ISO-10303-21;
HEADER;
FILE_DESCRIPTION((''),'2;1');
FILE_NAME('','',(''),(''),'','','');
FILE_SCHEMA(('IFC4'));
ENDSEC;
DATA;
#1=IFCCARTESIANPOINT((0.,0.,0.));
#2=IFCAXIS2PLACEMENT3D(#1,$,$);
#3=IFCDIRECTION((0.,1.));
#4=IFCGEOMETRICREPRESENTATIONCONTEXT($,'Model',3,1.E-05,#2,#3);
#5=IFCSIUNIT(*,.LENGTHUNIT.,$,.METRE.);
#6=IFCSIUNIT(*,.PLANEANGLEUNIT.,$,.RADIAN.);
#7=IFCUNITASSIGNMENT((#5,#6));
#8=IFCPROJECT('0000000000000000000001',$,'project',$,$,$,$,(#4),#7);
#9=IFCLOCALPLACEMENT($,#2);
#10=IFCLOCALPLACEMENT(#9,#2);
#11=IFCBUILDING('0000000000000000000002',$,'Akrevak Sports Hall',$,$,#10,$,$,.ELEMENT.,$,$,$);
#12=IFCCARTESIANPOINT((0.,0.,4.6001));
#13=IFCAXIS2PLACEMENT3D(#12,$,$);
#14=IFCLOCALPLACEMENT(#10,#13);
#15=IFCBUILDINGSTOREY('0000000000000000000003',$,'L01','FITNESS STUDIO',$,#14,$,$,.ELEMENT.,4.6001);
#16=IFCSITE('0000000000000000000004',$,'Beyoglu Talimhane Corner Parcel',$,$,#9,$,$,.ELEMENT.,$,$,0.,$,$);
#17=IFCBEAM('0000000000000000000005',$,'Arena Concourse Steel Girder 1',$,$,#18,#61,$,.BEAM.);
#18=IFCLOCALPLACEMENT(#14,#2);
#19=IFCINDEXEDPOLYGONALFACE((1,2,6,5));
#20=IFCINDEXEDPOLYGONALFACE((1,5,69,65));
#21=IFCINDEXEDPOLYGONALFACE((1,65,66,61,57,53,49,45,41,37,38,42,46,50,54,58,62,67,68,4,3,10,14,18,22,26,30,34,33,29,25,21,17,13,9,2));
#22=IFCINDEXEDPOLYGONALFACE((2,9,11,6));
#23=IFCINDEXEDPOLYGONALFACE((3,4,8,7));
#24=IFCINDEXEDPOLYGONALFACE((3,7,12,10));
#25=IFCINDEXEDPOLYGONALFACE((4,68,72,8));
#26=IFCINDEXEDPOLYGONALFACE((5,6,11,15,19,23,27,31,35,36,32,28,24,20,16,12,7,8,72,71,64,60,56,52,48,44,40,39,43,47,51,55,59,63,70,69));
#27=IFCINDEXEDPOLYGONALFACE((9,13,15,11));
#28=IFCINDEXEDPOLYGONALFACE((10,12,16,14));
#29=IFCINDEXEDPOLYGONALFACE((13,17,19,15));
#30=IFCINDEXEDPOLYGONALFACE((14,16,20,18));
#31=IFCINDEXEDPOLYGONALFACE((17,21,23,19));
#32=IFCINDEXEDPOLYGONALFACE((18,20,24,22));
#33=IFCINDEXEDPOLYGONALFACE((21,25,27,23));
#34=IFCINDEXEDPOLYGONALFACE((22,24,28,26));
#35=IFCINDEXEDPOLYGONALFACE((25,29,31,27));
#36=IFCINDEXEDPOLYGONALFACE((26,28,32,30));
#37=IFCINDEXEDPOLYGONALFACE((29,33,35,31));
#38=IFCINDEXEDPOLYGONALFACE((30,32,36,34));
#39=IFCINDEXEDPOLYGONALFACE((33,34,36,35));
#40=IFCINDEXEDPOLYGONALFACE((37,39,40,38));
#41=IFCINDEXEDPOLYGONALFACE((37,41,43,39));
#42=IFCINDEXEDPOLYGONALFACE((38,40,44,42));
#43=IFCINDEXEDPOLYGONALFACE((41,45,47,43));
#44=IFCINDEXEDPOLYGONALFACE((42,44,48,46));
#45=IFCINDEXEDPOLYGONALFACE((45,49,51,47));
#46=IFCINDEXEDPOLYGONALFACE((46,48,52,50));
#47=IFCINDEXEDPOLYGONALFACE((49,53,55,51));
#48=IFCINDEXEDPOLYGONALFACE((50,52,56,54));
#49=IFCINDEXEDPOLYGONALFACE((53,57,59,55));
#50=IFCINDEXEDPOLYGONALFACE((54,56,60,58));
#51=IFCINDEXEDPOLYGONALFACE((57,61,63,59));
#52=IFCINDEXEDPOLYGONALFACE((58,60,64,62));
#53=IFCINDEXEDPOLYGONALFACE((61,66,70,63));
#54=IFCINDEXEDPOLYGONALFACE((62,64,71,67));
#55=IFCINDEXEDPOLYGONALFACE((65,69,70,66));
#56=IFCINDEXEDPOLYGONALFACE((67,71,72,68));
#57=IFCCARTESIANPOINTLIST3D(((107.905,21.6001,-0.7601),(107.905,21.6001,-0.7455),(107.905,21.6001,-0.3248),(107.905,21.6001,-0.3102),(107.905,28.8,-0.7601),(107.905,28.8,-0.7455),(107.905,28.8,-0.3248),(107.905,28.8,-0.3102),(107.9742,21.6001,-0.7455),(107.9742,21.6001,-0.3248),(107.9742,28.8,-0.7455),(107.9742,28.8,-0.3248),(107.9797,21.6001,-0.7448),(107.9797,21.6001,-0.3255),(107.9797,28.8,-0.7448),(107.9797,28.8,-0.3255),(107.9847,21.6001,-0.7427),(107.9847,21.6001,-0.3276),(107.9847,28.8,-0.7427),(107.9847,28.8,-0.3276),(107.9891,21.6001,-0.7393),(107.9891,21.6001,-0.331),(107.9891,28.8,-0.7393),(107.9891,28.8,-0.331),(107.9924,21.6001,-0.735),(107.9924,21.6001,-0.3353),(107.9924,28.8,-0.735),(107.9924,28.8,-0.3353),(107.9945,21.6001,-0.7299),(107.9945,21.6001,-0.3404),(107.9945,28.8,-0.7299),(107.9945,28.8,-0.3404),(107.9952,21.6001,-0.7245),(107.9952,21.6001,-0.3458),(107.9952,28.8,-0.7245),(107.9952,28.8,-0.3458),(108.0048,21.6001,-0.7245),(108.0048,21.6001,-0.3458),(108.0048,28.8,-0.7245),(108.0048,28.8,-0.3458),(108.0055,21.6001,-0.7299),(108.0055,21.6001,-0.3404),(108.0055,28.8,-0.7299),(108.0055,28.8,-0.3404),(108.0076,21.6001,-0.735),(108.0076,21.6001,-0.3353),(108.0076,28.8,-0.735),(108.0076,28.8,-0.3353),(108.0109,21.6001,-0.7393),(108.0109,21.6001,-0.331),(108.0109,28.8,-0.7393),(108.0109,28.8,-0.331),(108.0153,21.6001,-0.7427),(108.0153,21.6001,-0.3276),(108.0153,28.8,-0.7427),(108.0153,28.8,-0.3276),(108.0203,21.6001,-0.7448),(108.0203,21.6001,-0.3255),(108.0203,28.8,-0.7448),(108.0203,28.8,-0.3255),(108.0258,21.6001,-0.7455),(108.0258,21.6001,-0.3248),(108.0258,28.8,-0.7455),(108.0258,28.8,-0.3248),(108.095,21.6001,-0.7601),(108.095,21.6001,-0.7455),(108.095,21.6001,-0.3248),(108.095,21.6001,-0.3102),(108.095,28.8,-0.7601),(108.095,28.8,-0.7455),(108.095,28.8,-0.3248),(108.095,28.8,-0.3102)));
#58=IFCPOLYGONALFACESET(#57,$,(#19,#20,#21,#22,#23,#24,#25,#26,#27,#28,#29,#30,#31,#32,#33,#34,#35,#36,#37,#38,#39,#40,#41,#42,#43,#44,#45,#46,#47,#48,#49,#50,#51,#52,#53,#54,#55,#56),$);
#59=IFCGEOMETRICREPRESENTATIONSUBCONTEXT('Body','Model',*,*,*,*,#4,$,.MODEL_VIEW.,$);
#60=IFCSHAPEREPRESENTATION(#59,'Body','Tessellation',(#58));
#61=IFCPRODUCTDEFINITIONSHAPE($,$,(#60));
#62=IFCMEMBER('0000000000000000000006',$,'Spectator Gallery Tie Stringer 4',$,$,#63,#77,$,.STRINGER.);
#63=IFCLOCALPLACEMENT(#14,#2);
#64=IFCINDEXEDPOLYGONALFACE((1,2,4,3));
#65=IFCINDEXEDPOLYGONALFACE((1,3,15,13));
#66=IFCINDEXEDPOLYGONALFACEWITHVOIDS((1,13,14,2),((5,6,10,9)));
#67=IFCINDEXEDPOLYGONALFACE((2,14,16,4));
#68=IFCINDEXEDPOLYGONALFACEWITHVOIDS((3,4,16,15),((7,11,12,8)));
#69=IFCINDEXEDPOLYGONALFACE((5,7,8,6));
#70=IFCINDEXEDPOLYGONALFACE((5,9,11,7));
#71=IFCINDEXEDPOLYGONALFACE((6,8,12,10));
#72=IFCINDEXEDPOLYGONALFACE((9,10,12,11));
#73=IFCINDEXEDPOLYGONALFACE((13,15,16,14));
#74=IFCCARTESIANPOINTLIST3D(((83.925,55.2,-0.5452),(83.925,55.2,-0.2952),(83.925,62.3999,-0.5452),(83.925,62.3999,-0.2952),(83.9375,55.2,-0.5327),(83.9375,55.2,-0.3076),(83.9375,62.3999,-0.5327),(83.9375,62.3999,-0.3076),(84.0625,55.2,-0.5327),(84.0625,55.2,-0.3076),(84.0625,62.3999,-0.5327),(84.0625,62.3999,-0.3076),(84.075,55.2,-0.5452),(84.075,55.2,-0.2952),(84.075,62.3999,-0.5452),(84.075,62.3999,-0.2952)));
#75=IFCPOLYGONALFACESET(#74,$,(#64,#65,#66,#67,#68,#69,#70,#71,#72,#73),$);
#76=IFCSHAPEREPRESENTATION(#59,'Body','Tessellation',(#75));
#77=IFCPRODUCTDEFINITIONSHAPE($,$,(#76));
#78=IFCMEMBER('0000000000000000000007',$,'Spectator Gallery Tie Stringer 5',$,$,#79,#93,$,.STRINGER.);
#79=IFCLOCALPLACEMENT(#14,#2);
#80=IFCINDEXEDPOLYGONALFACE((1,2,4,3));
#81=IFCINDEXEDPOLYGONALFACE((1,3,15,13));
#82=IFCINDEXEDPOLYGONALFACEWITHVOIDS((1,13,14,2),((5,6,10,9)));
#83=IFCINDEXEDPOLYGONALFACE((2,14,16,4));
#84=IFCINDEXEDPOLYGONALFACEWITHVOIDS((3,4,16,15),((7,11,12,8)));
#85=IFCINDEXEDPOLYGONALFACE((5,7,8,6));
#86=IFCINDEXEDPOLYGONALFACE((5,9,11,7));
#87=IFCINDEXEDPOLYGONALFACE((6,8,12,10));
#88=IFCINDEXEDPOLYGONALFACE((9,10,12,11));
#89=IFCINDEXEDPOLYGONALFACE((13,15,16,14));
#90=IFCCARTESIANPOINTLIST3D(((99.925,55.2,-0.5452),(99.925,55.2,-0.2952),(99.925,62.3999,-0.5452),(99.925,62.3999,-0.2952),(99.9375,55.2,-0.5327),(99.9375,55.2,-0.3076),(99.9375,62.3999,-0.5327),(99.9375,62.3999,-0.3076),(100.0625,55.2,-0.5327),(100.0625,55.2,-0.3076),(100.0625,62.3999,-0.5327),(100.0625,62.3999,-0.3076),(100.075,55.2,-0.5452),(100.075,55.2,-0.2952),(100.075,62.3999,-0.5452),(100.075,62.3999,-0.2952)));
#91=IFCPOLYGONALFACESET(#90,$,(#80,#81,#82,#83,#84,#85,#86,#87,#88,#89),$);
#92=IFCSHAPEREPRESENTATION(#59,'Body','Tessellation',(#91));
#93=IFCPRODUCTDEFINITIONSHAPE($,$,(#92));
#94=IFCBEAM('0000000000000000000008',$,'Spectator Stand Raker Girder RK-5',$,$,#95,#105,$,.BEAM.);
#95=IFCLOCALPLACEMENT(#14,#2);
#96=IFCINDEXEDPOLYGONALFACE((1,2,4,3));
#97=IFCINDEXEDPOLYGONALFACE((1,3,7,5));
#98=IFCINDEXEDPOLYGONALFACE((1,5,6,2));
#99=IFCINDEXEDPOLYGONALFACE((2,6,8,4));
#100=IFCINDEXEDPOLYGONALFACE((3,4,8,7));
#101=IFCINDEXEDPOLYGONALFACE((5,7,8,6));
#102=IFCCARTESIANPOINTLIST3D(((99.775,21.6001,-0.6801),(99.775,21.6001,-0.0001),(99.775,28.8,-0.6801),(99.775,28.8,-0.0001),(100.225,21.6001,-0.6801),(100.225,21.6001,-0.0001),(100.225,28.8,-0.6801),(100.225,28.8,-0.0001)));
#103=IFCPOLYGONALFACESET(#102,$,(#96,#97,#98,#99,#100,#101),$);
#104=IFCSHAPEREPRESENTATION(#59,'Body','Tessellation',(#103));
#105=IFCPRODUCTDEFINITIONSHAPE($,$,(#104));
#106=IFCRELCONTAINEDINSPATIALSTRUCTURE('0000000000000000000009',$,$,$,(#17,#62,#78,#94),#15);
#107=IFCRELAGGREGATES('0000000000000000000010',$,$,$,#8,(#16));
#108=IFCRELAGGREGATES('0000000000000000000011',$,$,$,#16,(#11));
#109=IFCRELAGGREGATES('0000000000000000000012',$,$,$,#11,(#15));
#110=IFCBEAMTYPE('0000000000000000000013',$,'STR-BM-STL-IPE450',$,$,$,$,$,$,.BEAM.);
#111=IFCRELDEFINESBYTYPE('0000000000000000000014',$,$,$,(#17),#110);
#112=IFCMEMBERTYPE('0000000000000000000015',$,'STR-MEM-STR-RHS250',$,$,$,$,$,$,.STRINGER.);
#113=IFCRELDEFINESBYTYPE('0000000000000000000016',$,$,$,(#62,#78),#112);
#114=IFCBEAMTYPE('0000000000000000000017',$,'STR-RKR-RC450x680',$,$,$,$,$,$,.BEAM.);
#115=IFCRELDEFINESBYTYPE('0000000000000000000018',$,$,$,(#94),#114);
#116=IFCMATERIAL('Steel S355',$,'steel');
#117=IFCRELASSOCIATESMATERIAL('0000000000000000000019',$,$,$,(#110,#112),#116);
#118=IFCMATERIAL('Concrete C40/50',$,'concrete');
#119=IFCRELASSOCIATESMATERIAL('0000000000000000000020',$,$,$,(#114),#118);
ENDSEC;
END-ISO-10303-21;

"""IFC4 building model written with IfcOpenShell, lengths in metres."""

from ifc_helpers import new_model, si_unit, direction, frame, origin, origin_2d, place, context, subcontext, project, spatial, rectangle, hollow_rectangle, i_section, extrude, material, material_profile, profile_set, type_object, element, save


model = new_model("IFC4")

# Units and contexts
model_context = context("Model", 3, precision=1e-05, world=origin(), true_north=direction((0.0, 1.0)))
body_context = subcontext(model_context, "Body", "Model", "MODEL_VIEW")
ifc_project = project(units=[si_unit("LENGTHUNIT", "METRE"), si_unit("PLANEANGLEUNIT", "RADIAN")], contexts=[model_context])

# Site, building, storey
site_placement = place(None, origin())
site = spatial("IfcSite", under=ifc_project, at=site_placement, Name="Beyoglu Talimhane Corner Parcel", CompositionType="ELEMENT", RefElevation=0.0)
building_placement = place(site_placement, origin())
building = spatial("IfcBuilding", under=site, at=building_placement, Name="Akrevak Sports Hall", CompositionType="ELEMENT")
storey_placement = place(building_placement, frame((0.0, 0.0, 4.6001)))
storey = spatial("IfcBuildingStorey", under=building, at=storey_placement, Name="L01", Description="FITNESS STUDIO", CompositionType="ELEMENT", Elevation=4.6001)

# Beam
ifc_material_1 = material(Name="Concrete C40/50", Category="concrete")
ifc_material_2 = material(Name="Steel S355", Category="steel")
ifc_material_profile_1 = material_profile(ifc_material_2, i_section(OverallWidth=0.1899, OverallDepth=0.45, WebThickness=0.0095, FlangeThickness=0.0146, FilletRadius=0.021, at=origin_2d()), Name="IPE 450", Category="steel")
ifc_profile_set_1 = profile_set([ifc_material_profile_1], Name="Steel S355")
beam_type_1 = type_object("IfcBeamType", Name="STR-BM-STL-IPE450", PredefinedType="BEAM", material=ifc_profile_set_1)
beam_1_placement = place(storey_placement, frame((108.0, 21.6001, -0.5352), z_axis=(0.0, 1.0, 0.0), x_axis=(-1.0, 0.0, 0.0)))
element("IfcBeam", 1, at=beam_1_placement, inside=storey, type_object=beam_type_1, Name="Arena Concourse Steel Girder 1", PredefinedType="BEAM", context=body_context, shape_type="SweptSolid", body=[
    extrude(i_section(OverallWidth=0.1899, OverallDepth=0.45, WebThickness=0.0095, FlangeThickness=0.0146, FilletRadius=0.021, at=origin_2d()), origin(), (0.0, 0.0, 1.0), 7.2),
])

# Members
ifc_material_profile_2 = material_profile(ifc_material_2, hollow_rectangle(XDim=0.1499, YDim=0.25, WallThickness=0.0125, at=origin_2d()), Name="RHS 250x150x12.5", Category="steel")
ifc_profile_set_2 = profile_set([ifc_material_profile_2], Name="Steel S355")
member_type = type_object("IfcMemberType", Name="STR-MEM-STR-RHS250", PredefinedType="STRINGER", material=ifc_profile_set_2)
for number, where, z_axis, x_axis, name in (
    (2, (84.0, 55.2, -0.4202), (0.0, 1.0, 0.0), (-1.0, 0.0, 0.0), "Spectator Gallery Tie Stringer 4"),
    (3, (100.0, 55.2, -0.4202), (0.0, 1.0, 0.0), (-1.0, 0.0, 0.0), "Spectator Gallery Tie Stringer 5"),
):
    element("IfcMember", number, at=place(storey_placement, frame(where, z_axis=z_axis, x_axis=x_axis)), inside=storey, type_object=member_type, Name=name, PredefinedType="STRINGER", context=body_context, shape_type="SweptSolid", body=[
        extrude(hollow_rectangle(XDim=0.1499, YDim=0.25, WallThickness=0.0125, at=origin_2d()), origin(), (0.0, 0.0, 1.0), 7.2),
    ])

# Beam
ifc_material_profile_3 = material_profile(ifc_material_1, rectangle(XDim=0.45, YDim=0.6799, at=origin_2d()), Name="RKR 450x680", Category="concrete")
ifc_profile_set_3 = profile_set([ifc_material_profile_3], Name="Concrete C40/50")
beam_type_2 = type_object("IfcBeamType", Name="STR-RKR-RC450x680", PredefinedType="BEAM", material=ifc_profile_set_3)
beam_2_placement = place(storey_placement, frame((100.0, 21.6001, -0.3401), z_axis=(0.0, 1.0, 0.0), x_axis=(-1.0, 0.0, 0.0)))
element("IfcBeam", 4, at=beam_2_placement, inside=storey, type_object=beam_type_2, Name="Spectator Stand Raker Girder RK-5", PredefinedType="BEAM", context=body_context, shape_type="SweptSolid", body=[
    extrude(rectangle(XDim=0.45, YDim=0.6799, at=origin_2d()), origin(), (0.0, 0.0, 1.0), 7.2),
])

save(model, "model.ifc")
